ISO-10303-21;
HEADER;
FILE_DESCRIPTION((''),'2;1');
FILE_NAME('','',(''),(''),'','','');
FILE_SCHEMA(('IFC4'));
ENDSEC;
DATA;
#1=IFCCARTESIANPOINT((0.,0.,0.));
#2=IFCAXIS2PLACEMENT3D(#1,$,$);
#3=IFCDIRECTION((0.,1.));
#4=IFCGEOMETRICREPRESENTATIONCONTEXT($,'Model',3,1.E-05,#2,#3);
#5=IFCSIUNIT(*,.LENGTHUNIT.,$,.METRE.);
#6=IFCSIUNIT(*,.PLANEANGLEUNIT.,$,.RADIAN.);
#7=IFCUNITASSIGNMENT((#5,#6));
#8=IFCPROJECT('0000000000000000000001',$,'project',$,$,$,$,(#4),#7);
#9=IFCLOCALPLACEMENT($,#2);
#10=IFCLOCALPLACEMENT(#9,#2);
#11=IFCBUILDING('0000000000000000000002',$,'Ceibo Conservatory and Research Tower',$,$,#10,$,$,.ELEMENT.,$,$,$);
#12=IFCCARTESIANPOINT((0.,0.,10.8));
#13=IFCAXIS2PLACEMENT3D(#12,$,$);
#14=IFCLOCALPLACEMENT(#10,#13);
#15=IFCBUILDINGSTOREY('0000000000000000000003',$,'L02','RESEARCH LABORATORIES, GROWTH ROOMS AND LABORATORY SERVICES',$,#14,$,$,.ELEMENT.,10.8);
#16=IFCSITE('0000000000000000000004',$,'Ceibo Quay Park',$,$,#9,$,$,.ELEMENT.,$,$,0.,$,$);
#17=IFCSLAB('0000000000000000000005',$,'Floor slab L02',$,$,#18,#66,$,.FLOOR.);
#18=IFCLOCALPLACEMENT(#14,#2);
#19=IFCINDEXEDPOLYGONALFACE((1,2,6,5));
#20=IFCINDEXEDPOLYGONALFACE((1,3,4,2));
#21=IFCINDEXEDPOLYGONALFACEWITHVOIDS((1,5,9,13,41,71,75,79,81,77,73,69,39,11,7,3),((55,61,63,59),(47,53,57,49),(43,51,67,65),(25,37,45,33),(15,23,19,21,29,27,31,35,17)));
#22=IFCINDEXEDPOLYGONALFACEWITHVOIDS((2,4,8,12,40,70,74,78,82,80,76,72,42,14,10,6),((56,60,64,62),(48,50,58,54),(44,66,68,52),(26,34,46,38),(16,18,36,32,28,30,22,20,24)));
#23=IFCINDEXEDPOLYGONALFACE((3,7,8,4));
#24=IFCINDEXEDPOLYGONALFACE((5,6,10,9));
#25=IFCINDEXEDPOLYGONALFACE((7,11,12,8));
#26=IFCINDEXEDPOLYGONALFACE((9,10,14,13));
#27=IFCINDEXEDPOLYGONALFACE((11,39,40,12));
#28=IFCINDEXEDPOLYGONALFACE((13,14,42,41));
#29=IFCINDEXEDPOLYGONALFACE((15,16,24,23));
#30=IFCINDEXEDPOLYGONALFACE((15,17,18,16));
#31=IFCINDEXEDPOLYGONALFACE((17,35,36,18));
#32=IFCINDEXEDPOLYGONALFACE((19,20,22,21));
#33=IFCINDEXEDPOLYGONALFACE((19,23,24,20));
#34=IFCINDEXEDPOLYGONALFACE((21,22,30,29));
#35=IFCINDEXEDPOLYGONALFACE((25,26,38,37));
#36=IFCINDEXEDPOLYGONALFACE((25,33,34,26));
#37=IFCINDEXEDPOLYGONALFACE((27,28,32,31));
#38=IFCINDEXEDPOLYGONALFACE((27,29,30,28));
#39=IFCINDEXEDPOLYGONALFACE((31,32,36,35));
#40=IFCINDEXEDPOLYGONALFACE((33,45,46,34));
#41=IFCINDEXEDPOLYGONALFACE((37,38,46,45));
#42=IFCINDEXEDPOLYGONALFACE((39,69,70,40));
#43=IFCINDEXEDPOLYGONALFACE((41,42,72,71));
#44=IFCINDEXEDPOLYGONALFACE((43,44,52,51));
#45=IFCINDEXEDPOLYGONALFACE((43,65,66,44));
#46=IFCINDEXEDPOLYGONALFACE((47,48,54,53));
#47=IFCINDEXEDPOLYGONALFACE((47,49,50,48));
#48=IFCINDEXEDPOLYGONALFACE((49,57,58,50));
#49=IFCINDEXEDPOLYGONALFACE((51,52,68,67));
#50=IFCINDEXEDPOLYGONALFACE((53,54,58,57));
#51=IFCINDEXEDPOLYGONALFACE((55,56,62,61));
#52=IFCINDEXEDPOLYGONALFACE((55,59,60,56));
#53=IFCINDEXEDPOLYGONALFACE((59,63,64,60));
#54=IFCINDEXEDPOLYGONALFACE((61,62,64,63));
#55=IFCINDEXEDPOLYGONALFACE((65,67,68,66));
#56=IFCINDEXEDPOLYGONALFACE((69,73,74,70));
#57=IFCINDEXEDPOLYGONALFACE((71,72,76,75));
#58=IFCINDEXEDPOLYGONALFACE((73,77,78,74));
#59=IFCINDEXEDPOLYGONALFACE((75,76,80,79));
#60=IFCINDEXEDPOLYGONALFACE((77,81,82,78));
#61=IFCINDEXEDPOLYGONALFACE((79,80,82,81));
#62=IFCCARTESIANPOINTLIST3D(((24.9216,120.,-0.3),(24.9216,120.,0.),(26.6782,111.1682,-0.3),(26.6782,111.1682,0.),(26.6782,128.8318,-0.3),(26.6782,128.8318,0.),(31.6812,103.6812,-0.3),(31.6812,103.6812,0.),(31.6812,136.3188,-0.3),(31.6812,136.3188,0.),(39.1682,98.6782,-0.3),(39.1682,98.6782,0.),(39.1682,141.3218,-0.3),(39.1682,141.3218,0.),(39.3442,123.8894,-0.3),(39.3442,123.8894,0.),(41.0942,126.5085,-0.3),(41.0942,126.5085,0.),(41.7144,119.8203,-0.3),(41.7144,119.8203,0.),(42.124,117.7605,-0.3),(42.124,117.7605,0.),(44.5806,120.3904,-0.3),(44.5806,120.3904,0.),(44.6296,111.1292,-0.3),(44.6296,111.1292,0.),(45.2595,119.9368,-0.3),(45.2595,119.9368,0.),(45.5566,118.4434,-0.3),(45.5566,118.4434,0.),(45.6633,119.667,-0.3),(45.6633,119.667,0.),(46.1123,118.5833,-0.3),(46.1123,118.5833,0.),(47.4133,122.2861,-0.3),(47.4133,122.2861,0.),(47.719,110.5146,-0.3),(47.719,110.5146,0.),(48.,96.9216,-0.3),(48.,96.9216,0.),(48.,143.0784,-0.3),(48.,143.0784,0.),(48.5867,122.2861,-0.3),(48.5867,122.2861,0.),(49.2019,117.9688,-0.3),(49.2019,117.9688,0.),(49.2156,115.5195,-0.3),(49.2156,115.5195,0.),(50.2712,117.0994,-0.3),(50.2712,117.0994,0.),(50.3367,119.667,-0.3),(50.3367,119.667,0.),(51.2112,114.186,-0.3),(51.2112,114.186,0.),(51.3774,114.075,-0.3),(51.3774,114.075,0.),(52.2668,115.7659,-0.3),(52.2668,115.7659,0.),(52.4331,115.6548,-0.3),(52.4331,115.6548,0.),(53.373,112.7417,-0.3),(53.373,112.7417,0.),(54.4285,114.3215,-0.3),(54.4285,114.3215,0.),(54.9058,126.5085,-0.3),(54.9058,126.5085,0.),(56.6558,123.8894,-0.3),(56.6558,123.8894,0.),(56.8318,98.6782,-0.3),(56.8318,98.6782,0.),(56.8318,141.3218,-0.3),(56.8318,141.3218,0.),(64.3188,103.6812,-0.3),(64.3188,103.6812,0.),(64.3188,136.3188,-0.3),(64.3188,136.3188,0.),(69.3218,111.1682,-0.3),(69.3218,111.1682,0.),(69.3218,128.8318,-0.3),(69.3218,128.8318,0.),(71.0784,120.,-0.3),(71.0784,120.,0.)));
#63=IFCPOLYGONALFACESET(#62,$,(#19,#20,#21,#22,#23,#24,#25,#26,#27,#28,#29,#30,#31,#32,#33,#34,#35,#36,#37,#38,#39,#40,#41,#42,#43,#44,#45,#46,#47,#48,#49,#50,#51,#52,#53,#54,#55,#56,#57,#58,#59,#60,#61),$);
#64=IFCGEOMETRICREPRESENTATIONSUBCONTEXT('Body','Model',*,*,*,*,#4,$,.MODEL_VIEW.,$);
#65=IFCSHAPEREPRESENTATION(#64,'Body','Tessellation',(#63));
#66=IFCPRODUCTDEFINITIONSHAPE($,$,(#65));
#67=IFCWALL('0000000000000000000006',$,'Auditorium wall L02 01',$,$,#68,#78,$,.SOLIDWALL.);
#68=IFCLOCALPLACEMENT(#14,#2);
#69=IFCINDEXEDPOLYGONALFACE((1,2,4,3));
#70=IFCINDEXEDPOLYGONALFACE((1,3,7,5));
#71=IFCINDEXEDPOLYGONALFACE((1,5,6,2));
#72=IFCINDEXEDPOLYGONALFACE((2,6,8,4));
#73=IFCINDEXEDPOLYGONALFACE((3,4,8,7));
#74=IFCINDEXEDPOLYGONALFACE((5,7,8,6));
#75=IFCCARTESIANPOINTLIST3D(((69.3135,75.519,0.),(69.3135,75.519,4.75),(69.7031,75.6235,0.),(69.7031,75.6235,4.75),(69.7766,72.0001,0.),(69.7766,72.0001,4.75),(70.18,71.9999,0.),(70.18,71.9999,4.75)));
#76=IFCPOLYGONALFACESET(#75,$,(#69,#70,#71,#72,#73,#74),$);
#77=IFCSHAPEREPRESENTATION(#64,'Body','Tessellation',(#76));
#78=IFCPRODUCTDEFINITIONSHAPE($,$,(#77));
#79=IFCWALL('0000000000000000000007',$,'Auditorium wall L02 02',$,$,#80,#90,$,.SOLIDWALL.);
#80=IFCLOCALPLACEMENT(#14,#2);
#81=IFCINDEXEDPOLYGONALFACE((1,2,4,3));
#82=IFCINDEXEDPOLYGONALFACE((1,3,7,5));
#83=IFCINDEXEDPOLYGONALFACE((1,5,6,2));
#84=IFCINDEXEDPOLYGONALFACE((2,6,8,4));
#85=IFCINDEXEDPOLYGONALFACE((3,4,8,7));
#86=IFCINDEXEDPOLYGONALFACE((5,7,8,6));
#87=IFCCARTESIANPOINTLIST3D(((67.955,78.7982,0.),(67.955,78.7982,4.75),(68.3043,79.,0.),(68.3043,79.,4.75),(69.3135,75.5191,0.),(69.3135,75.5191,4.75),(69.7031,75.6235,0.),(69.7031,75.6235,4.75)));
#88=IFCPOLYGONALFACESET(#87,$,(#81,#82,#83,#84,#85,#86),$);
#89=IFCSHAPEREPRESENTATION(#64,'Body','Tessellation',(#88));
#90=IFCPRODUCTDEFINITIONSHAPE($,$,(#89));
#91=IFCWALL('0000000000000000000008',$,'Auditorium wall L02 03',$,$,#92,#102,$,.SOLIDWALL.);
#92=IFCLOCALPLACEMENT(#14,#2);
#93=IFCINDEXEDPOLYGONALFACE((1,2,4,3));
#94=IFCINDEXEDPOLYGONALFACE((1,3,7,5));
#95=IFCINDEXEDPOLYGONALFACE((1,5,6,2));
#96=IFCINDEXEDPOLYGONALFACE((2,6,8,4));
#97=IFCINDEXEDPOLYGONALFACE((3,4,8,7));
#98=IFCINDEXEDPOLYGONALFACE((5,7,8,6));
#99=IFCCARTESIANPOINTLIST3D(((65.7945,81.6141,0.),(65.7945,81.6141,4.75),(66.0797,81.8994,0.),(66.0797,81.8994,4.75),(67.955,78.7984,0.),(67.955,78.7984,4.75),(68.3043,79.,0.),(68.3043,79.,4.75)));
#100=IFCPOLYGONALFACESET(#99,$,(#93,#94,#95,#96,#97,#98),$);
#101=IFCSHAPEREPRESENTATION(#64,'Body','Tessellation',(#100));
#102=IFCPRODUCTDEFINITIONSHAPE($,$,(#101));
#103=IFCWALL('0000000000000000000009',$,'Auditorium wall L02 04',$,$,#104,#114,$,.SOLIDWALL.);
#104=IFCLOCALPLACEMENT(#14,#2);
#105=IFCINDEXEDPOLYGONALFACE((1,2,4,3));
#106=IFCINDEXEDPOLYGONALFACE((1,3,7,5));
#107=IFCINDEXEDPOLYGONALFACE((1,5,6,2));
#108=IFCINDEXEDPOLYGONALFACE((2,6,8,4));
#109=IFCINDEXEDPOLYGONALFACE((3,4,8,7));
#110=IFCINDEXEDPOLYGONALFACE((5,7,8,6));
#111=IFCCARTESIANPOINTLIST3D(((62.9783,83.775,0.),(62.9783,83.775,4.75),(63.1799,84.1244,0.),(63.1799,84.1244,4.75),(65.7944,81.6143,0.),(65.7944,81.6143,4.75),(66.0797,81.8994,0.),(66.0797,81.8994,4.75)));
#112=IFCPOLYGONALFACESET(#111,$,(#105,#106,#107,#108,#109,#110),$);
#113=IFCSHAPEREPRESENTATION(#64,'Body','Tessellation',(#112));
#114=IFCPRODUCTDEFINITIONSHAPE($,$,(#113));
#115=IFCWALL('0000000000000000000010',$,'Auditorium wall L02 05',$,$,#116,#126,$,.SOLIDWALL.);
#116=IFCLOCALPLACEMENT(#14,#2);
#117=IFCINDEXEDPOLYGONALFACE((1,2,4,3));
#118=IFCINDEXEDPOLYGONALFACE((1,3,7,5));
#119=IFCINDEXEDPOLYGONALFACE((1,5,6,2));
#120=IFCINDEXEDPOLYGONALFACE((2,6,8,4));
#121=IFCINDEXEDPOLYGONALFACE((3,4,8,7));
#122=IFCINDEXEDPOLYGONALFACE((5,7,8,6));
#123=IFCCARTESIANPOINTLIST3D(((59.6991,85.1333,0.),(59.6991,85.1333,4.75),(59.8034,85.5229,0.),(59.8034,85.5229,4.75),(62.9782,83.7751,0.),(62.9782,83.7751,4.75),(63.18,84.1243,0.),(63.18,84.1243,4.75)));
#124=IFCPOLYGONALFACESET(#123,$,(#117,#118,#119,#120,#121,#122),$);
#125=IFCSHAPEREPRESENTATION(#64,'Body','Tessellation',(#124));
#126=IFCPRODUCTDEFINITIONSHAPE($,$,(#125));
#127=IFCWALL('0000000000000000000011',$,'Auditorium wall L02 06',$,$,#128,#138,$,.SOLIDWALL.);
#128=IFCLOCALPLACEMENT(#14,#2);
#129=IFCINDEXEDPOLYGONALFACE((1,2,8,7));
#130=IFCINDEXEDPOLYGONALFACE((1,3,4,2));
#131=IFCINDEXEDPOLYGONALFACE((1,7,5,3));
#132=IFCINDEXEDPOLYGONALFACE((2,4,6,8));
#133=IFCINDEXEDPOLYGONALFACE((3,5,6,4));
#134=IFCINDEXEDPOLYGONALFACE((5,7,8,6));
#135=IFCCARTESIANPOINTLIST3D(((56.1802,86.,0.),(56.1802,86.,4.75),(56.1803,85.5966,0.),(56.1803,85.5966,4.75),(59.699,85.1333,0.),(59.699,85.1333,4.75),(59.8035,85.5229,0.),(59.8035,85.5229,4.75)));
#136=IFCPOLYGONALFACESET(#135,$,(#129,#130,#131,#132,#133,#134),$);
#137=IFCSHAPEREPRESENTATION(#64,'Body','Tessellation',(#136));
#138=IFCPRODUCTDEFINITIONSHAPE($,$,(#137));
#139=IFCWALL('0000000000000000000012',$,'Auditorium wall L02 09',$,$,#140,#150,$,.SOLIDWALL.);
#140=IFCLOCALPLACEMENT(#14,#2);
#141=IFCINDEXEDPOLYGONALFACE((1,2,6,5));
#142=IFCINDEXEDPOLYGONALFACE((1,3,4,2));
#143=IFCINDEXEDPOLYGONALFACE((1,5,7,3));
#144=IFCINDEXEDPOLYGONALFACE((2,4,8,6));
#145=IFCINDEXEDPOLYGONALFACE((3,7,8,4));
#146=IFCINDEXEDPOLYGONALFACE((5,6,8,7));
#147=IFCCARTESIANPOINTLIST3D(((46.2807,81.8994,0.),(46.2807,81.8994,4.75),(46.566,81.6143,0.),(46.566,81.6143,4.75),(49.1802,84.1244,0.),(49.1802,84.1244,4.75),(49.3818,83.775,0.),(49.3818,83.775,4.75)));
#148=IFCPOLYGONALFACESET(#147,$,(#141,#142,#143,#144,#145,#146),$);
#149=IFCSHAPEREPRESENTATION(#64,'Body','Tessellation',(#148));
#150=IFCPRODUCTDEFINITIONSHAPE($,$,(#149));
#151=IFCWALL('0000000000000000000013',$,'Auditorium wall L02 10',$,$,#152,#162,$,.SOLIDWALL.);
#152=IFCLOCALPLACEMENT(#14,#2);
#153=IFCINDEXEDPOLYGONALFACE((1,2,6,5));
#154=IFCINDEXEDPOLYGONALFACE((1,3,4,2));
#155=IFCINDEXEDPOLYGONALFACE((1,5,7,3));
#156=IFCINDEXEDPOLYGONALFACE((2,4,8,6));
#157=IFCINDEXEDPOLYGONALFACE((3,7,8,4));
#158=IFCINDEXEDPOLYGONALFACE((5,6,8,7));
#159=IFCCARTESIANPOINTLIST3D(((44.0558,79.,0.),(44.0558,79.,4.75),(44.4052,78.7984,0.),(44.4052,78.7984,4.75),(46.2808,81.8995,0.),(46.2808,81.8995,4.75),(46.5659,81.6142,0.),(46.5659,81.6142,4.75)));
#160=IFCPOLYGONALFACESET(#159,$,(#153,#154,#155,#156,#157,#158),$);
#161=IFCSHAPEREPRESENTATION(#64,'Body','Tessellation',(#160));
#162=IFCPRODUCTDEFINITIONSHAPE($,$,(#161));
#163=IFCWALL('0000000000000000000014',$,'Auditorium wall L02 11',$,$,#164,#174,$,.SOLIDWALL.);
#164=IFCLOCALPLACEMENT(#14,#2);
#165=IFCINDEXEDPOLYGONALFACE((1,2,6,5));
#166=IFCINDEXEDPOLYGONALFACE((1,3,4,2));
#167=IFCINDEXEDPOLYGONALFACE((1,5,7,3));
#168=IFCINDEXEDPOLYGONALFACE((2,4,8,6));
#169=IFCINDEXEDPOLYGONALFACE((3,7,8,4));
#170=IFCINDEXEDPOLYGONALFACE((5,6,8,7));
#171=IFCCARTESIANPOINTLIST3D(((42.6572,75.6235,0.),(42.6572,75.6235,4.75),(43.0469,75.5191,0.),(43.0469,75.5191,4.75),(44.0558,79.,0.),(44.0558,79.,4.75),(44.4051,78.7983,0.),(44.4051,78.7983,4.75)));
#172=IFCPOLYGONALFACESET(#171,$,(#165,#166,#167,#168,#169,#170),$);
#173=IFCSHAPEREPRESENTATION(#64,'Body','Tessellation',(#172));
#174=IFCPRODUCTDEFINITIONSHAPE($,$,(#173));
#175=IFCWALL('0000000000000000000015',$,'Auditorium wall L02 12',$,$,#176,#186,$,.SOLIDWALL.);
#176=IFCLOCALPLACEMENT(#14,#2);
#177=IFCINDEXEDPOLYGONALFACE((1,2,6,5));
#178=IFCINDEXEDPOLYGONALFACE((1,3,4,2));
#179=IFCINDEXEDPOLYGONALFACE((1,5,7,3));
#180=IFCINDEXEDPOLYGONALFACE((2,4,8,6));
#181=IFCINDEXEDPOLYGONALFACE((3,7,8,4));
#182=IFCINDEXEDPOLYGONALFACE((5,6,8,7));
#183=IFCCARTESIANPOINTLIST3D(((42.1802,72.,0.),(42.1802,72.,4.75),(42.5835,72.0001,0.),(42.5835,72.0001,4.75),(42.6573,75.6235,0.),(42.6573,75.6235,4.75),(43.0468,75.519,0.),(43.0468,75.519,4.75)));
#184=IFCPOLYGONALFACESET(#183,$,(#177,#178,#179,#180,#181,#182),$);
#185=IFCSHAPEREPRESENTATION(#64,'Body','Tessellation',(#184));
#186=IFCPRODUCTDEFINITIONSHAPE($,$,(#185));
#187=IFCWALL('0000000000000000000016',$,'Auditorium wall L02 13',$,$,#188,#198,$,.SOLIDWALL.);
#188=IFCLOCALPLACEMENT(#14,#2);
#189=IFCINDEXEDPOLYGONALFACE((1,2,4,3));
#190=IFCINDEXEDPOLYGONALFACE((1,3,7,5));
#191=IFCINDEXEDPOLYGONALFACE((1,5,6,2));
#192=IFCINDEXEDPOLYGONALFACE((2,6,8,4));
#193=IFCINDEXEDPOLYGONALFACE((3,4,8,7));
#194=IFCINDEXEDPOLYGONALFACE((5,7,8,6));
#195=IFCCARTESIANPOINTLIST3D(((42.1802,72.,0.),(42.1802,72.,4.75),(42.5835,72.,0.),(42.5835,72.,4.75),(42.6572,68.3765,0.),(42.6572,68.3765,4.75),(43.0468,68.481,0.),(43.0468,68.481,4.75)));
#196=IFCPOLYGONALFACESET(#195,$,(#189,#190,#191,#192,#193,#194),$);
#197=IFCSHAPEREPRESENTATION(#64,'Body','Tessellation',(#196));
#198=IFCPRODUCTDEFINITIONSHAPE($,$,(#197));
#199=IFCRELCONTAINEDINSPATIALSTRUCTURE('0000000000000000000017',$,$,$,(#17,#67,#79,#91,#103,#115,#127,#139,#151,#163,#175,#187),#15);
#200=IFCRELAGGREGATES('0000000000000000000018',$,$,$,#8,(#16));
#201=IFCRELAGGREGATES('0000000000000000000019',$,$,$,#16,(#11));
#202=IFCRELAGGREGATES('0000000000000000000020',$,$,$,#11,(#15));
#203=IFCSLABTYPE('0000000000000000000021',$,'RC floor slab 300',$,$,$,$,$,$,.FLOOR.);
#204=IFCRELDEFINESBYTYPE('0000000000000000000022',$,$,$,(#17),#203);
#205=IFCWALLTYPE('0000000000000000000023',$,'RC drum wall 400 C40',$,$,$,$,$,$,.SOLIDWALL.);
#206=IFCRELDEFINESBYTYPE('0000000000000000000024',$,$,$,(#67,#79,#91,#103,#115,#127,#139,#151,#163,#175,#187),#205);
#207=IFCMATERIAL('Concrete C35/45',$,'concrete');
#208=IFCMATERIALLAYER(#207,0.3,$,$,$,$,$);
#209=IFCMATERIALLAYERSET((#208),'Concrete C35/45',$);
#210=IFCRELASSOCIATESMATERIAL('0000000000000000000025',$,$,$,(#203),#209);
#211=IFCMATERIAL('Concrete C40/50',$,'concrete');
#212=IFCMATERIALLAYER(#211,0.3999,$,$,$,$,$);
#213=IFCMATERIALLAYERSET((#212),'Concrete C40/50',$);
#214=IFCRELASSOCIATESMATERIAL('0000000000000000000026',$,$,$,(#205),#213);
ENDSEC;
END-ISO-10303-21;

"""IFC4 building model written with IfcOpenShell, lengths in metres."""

from ifc_helpers import new_model, si_unit, direction, frame, origin, place, context, subcontext, project, spatial, polyline, outline, extrude, material, layer, layer_set, type_object, element, save


model = new_model("IFC4")

# Units and contexts
model_context = context("Model", 3, precision=1e-05, world=origin(), true_north=direction((0.0, 1.0)))
body_context = subcontext(model_context, "Body", "Model", "MODEL_VIEW")
ifc_project = project(units=[si_unit("LENGTHUNIT", "METRE"), si_unit("PLANEANGLEUNIT", "RADIAN")], contexts=[model_context])

# Site, building, storey
site_placement = place(None, origin())
site = spatial("IfcSite", under=ifc_project, at=site_placement, Name="Ceibo Quay Park", CompositionType="ELEMENT", RefElevation=0.0)
building_placement = place(site_placement, origin())
building = spatial("IfcBuilding", under=site, at=building_placement, Name="Ceibo Conservatory and Research Tower", CompositionType="ELEMENT")
storey_placement = place(building_placement, frame((0.0, 0.0, 10.8)))
storey = spatial("IfcBuildingStorey", under=building, at=storey_placement, Name="L02", Description="RESEARCH LABORATORIES, GROWTH ROOMS AND LABORATORY SERVICES", CompositionType="ELEMENT", Elevation=10.8)

# Slab
ifc_material_1 = material(Name="Concrete C35/45", Category="concrete")
ifc_layer_1 = layer(ifc_material_1, 0.3)
ifc_layer_set_1 = layer_set([ifc_layer_1], Name="Concrete C35/45")
slab_type = type_object("IfcSlabType", Name="RC floor slab 300", PredefinedType="FLOOR", material=ifc_layer_set_1)
slab_placement = place(storey_placement, frame((0.0, 0.0, -0.3)))
element("IfcSlab", 1, at=slab_placement, inside=storey, type_object=slab_type, Name="Floor slab L02", PredefinedType="FLOOR", context=body_context, shape_type="SweptSolid", body=[
    extrude(outline(polyline([(71.0784, 120.0), (69.3218, 128.8318), (64.3188, 136.3188), (56.8318, 141.3218), (48.0, 143.0784), (39.1682, 141.3218), (31.6812, 136.3188), (26.6782, 128.8318), (24.9216, 120.0), (26.6782, 111.1682), (31.6812, 103.6812), (39.1682, 98.6782), (48.0, 96.9216), (56.8318, 98.6782), (64.3188, 103.6812), (69.3218, 111.1682), (71.0784, 120.0)]), holes=[polyline([(52.4331, 115.6548), (51.3774, 114.075), (53.373, 112.7417), (54.4285, 114.3215), (52.4331, 115.6548)]), polyline([(47.719, 110.5146), (49.2019, 117.9688), (46.1123, 118.5833), (44.6296, 111.1292), (47.719, 110.5146)]), polyline([(52.2668, 115.7659), (50.2712, 117.0994), (49.2156, 115.5195), (51.2112, 114.186), (52.2668, 115.7659)]), polyline([(42.124, 117.7605), (45.5566, 118.4434), (45.2595, 119.9368), (45.6633, 119.667), (47.4133, 122.2861), (41.0942, 126.5085), (39.3442, 123.8894), (44.5806, 120.3904), (41.7144, 119.8203), (42.124, 117.7605)]), polyline([(54.9058, 126.5085), (48.5867, 122.2861), (50.3367, 119.667), (56.6558, 123.8894), (54.9058, 126.5085)])]), origin(), (0.0, 0.0, 1.0), 0.3),
])

# Walls
ifc_material_2 = material(Name="Concrete C40/50", Category="concrete")
ifc_layer_2 = layer(ifc_material_2, 0.3999)
ifc_layer_set_2 = layer_set([ifc_layer_2], Name="Concrete C40/50")
wall_type = type_object("IfcWallType", Name="RC drum wall 400 C40", PredefinedType="SOLIDWALL", material=ifc_layer_set_2)
for number, where, z_axis, x_axis, name in (
    (2, (69.9783, 72.0, 0.0), (0.0, 0.0, 1.0), (-0.130472, 0.991452, 0.0), "Auditorium wall L02 01"),
    (3, (69.5083, 75.5713, 0.0), (0.0, 0.0, 1.0), (-0.382733, 0.923859, 0.0), "Auditorium wall L02 02"),
):
    element("IfcWall", number, at=place(storey_placement, frame(where, z_axis=z_axis, x_axis=x_axis)), inside=storey, type_object=wall_type, Name=name, PredefinedType="SOLIDWALL", context=body_context, shape_type="SweptSolid", body=[
        extrude(outline(polyline([(-0.0264, -0.2), (3.6284, -0.2), (3.5757, 0.2), (0.0264, 0.2), (-0.0264, -0.2)])), origin(), (0.0, 0.0, 1.0), 4.75),
    ])
wall_1_placement = place(storey_placement, frame((68.1296, 78.8992, 0.0), z_axis=(0.0, 0.0, 1.0), x_axis=(-0.608737, 0.793372, 0.0)))
element("IfcWall", 4, at=wall_1_placement, inside=storey, type_object=wall_type, Name="Auditorium wall L02 03", PredefinedType="SOLIDWALL", context=body_context, shape_type="SweptSolid", body=[
    extrude(outline(polyline([(-0.0264, -0.2), (3.6282, -0.2), (3.5754, 0.2), (0.0264, 0.2), (-0.0264, -0.2)])), origin(), (0.0, 0.0, 1.0), 4.75),
])
wall_2_placement = place(storey_placement, frame((65.937, 81.7568, 0.0), z_axis=(0.0, 0.0, 1.0), x_axis=(-0.793364, 0.608747, 0.0)))
element("IfcWall", 5, at=wall_2_placement, inside=storey, type_object=wall_type, Name="Auditorium wall L02 04", PredefinedType="SOLIDWALL", context=body_context, shape_type="SweptSolid", body=[
    extrude(outline(polyline([(-0.0264, -0.2), (3.6287, -0.2), (3.5759, 0.2), (0.0264, 0.2), (-0.0264, -0.2)])), origin(), (0.0, 0.0, 1.0), 4.75),
])
wall_3_placement = place(storey_placement, frame((63.0791, 83.9497, 0.0), z_axis=(0.0, 0.0, 1.0), x_axis=(-0.923883, 0.382675, 0.0)))
element("IfcWall", 6, at=wall_3_placement, inside=storey, type_object=wall_type, Name="Auditorium wall L02 05", PredefinedType="SOLIDWALL", context=body_context, shape_type="SweptSolid", body=[
    extrude(outline(polyline([(-0.0264, -0.2), (3.6284, -0.2), (3.5757, 0.2), (0.0264, 0.2), (-0.0264, -0.2)])), origin(), (0.0, 0.0, 1.0), 4.75),
])
wall_4_placement = place(storey_placement, frame((59.7512, 85.3281, 0.0), z_axis=(0.0, 0.0, 1.0), x_axis=(-0.991442, 0.130547, 0.0)))
element("IfcWall", 7, at=wall_4_placement, inside=storey, type_object=wall_type, Name="Auditorium wall L02 06", PredefinedType="SOLIDWALL", context=body_context, shape_type="SweptSolid", body=[
    extrude(outline(polyline([(-0.0264, -0.2), (3.6282, -0.2), (3.5754, 0.2), (0.0264, 0.2), (-0.0264, -0.2)])), origin(), (0.0, 0.0, 1.0), 4.75),
])
for number, where, z_axis, x_axis, name in (
    (8, (49.281, 83.9497, 0.0), (0.0, 0.0, 1.0), (-0.793339, -0.60878, 0.0), "Auditorium wall L02 09"),
    (9, (46.4233, 81.7568, 0.0), (0.0, 0.0, 1.0), (-0.60878, -0.793339, 0.0), "Auditorium wall L02 10"),
    (10, (44.2305, 78.8992, 0.0), (0.0, 0.0, 1.0), (-0.382675, -0.923883, 0.0), "Auditorium wall L02 11"),
    (11, (42.8521, 75.5713, 0.0), (0.0, 0.0, 1.0), (-0.130539, -0.991443, 0.0), "Auditorium wall L02 12"),
    (12, (42.3818, 72.0, 0.0), (0.0, 0.0, 1.0), (0.130539, -0.991443, 0.0), "Auditorium wall L02 13"),
):
    element("IfcWall", number, at=place(storey_placement, frame(where, z_axis=z_axis, x_axis=x_axis)), inside=storey, type_object=wall_type, Name=name, PredefinedType="SOLIDWALL", context=body_context, shape_type="SweptSolid", body=[
        extrude(outline(polyline([(-0.0264, -0.2), (3.6284, -0.2), (3.5757, 0.2), (0.0264, 0.2), (-0.0264, -0.2)])), origin(), (0.0, 0.0, 1.0), 4.75),
    ])

save(model, "model.ifc")
